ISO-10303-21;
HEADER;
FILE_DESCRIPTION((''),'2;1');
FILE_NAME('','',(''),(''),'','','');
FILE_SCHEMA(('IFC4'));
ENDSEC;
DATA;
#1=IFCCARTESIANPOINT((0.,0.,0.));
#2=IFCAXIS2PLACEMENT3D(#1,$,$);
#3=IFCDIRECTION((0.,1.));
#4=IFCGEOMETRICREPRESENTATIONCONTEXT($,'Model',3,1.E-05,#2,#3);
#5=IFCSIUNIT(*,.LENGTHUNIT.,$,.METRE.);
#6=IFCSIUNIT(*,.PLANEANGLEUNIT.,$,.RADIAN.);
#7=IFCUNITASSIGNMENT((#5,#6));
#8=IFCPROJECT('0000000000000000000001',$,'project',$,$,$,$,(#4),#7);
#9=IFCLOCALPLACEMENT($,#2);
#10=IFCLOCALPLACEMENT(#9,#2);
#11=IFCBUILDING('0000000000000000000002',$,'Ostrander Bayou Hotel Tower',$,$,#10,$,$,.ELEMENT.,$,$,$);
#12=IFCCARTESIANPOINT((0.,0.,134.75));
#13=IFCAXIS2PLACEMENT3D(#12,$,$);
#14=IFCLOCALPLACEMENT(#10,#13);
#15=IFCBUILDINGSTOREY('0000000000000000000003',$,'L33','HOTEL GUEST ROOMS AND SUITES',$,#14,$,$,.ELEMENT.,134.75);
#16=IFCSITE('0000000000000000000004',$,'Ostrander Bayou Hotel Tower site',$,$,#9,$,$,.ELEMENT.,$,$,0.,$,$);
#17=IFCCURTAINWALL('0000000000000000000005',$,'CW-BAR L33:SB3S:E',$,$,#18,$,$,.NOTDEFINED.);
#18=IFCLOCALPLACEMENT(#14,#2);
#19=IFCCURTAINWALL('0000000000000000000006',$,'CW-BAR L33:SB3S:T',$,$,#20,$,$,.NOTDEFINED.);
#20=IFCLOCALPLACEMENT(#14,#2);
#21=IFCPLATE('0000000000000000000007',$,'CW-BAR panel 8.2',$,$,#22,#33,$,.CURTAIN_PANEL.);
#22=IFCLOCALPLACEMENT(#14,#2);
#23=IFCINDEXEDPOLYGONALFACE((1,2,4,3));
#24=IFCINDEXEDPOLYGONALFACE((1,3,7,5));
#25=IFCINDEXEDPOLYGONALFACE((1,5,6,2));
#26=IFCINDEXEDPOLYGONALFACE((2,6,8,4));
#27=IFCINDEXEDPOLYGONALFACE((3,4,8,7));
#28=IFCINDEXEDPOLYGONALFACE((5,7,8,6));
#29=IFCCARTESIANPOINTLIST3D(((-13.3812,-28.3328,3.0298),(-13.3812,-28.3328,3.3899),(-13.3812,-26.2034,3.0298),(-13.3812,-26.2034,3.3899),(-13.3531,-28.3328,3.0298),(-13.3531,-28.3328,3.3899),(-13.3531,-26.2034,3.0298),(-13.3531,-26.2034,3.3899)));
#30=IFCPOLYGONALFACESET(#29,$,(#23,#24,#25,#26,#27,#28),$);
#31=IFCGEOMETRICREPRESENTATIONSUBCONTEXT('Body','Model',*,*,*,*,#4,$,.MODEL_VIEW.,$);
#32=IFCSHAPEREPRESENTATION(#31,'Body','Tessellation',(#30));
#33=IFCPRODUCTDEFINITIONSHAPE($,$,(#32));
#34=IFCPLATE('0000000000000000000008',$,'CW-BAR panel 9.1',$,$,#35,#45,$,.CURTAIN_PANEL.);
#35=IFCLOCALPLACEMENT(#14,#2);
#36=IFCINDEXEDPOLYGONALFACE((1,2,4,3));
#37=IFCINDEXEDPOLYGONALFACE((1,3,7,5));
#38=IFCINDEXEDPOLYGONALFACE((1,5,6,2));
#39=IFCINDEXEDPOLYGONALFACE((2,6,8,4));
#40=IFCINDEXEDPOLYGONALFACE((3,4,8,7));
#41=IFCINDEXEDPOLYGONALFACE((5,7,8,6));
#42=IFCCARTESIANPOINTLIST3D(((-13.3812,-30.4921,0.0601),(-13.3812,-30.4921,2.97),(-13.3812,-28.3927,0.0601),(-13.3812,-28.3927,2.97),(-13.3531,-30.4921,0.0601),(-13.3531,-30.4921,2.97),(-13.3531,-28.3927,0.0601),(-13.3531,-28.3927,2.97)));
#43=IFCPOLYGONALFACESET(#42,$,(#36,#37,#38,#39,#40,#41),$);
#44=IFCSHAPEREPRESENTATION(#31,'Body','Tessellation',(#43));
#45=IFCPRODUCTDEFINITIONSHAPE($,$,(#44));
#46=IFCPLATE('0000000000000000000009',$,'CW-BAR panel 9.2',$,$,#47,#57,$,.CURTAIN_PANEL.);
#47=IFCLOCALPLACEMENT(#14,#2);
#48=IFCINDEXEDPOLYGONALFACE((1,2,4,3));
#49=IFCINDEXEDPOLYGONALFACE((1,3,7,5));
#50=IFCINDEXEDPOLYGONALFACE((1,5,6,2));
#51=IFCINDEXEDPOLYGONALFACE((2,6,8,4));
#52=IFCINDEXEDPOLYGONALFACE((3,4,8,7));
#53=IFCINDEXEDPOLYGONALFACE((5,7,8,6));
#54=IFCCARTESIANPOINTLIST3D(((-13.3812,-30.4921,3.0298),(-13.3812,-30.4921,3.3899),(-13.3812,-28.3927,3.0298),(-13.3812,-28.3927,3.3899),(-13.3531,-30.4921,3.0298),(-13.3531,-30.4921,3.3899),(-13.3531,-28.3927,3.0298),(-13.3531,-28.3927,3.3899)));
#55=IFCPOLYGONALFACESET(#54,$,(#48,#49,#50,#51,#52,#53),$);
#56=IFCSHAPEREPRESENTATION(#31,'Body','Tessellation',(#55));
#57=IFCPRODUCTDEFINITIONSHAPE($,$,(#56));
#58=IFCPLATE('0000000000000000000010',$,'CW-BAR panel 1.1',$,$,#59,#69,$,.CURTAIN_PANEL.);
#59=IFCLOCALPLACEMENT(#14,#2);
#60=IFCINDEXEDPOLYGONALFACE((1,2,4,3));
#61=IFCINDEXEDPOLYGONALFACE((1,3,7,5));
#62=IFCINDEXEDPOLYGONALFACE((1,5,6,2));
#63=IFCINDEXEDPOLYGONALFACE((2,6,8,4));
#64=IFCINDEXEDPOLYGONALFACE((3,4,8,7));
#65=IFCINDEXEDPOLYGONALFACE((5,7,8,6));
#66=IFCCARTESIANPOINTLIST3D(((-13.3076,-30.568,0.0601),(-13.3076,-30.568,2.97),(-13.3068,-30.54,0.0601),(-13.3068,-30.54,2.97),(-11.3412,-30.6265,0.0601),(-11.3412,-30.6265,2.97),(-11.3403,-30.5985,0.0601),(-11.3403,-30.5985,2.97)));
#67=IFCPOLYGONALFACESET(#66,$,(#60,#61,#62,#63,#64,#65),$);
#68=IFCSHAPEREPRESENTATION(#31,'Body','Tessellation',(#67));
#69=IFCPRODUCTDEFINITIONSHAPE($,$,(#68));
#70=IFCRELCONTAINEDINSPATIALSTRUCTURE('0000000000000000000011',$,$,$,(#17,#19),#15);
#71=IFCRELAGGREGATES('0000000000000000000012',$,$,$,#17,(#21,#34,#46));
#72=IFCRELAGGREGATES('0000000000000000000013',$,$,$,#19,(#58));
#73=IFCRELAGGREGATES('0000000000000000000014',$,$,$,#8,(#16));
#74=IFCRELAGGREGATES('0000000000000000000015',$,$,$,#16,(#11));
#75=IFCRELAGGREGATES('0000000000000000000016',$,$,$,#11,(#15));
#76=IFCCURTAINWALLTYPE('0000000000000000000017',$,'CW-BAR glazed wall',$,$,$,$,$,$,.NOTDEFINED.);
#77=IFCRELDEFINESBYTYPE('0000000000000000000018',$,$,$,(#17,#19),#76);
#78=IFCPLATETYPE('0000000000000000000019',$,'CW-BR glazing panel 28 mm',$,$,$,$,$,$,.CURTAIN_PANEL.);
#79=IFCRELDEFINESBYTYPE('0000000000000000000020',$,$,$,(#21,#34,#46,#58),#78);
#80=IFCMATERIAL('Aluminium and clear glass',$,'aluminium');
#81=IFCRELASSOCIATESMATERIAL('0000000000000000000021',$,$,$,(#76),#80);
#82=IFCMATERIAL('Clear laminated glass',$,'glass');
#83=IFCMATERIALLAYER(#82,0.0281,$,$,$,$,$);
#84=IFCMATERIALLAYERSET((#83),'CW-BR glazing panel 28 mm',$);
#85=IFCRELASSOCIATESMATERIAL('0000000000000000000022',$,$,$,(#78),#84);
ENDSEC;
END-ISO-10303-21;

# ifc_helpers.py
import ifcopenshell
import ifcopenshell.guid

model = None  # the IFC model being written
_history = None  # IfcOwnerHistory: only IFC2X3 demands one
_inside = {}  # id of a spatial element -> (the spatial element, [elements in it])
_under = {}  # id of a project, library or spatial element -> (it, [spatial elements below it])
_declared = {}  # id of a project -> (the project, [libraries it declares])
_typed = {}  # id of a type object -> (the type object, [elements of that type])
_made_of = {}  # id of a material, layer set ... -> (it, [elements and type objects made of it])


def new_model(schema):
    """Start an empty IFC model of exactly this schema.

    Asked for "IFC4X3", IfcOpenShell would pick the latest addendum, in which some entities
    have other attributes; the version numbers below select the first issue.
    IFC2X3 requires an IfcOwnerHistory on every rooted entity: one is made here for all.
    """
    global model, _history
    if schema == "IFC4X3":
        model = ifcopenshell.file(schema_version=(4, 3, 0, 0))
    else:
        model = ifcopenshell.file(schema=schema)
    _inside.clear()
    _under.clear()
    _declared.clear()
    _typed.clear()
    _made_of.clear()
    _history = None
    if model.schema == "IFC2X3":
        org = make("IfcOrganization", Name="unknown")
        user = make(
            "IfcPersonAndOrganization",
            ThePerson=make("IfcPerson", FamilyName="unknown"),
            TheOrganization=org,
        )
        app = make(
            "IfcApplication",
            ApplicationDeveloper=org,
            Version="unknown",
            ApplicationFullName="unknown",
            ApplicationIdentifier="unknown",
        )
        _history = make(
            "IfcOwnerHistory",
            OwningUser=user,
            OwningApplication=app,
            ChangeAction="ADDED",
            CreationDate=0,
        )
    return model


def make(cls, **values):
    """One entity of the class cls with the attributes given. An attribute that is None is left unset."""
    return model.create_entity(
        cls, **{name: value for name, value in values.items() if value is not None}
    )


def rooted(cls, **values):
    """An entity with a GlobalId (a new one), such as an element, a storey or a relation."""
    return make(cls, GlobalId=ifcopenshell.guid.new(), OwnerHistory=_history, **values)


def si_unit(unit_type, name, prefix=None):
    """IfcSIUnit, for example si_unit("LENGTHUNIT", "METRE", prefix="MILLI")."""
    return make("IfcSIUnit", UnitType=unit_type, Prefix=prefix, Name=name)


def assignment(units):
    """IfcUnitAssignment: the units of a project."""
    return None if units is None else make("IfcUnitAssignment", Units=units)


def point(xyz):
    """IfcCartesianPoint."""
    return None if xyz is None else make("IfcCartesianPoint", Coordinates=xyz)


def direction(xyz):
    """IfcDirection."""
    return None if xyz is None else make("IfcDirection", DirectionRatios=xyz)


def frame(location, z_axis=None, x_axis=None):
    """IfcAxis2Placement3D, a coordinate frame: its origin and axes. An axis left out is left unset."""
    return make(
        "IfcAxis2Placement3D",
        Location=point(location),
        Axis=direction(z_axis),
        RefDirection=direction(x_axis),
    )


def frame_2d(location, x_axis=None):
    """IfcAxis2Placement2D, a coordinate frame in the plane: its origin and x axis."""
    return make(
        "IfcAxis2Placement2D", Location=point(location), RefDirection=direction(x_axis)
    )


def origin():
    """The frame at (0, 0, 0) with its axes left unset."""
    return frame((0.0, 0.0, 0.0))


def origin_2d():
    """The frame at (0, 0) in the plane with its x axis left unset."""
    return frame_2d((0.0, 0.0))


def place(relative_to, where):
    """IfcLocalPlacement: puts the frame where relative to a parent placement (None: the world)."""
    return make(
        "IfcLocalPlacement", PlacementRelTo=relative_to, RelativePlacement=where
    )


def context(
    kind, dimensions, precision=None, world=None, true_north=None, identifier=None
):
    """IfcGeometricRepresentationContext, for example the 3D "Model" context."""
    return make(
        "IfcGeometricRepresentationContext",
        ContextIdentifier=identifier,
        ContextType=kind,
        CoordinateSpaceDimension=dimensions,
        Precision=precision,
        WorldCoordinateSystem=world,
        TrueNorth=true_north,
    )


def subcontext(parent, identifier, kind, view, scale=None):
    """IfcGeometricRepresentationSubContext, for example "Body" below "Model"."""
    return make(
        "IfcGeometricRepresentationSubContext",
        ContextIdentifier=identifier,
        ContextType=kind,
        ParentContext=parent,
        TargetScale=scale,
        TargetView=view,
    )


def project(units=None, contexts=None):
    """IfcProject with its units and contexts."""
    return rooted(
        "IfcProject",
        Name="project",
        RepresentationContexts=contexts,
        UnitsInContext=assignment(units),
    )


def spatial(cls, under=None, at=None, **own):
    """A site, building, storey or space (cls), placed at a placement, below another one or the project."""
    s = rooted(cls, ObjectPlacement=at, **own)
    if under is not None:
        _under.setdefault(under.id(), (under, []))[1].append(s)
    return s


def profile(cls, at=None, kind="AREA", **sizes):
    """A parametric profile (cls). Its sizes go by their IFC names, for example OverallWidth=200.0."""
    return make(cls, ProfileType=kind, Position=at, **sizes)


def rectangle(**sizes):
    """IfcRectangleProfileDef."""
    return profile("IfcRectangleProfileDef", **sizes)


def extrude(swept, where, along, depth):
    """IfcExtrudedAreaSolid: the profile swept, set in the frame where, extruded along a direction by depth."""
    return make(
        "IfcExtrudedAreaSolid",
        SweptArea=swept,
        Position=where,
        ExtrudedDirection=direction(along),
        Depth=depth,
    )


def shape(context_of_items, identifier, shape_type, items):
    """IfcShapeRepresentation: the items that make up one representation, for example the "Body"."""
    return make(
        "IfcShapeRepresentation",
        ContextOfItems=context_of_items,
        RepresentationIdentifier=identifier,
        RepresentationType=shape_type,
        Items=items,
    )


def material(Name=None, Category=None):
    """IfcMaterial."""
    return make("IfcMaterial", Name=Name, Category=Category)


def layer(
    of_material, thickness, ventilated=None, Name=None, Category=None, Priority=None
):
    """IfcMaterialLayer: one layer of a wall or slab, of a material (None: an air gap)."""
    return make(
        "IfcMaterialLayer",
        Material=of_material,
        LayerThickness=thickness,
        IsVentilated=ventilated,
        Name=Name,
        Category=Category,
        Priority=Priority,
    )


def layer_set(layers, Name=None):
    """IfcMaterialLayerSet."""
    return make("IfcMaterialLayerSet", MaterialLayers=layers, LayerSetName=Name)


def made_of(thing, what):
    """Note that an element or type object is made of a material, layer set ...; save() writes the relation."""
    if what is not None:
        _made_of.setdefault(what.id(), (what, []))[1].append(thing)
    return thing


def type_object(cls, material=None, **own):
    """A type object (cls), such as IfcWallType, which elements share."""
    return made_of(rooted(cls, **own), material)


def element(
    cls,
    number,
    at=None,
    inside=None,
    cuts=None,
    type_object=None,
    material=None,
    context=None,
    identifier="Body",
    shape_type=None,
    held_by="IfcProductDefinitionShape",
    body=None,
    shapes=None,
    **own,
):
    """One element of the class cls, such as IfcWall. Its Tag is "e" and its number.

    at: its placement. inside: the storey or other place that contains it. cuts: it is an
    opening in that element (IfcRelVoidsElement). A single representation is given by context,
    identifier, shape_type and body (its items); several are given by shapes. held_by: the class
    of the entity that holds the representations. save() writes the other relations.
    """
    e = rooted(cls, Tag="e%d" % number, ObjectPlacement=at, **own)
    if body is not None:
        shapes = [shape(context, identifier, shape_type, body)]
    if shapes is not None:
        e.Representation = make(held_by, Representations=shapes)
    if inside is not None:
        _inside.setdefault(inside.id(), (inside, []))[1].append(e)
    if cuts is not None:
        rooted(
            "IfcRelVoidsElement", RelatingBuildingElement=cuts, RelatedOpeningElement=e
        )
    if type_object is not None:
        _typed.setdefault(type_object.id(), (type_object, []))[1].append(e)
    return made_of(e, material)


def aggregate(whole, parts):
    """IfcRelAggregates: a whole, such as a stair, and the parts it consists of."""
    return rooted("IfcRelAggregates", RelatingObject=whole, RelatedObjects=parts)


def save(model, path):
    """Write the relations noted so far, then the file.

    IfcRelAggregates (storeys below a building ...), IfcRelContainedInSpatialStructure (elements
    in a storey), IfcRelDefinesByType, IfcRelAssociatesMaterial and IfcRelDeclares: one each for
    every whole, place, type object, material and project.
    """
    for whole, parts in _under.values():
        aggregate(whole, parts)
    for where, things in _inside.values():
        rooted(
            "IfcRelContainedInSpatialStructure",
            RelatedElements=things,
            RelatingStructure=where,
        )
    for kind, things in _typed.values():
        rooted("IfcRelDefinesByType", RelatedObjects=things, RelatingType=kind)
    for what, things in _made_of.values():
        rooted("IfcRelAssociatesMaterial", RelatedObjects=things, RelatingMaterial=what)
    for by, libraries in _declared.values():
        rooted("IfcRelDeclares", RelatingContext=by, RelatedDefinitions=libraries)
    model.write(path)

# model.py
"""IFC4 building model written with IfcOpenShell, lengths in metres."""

from ifc_helpers import new_model, si_unit, direction, frame, origin, origin_2d, place, context, subcontext, project, spatial, rectangle, extrude, material, layer, layer_set, type_object, element, aggregate, save


model = new_model("IFC4")

# Units and contexts
model_context = context("Model", 3, precision=1e-05, world=origin(), true_north=direction((0.0, 1.0)))
body_context = subcontext(model_context, "Body", "Model", "MODEL_VIEW")
ifc_project = project(units=[si_unit("LENGTHUNIT", "METRE"), si_unit("PLANEANGLEUNIT", "RADIAN")], contexts=[model_context])

# Site, building, storey
site_placement = place(None, origin())
site = spatial("IfcSite", under=ifc_project, at=site_placement, Name="Ostrander Bayou Hotel Tower site", CompositionType="ELEMENT", RefElevation=0.0)
building_placement = place(site_placement, origin())
building = spatial("IfcBuilding", under=site, at=building_placement, Name="Ostrander Bayou Hotel Tower", CompositionType="ELEMENT")
storey_placement = place(building_placement, frame((0.0, 0.0, 134.75)))
storey = spatial("IfcBuildingStorey", under=building, at=storey_placement, Name="L33", Description="HOTEL GUEST ROOMS AND SUITES", CompositionType="ELEMENT", Elevation=134.75)

# Curtain wall
ifc_material_1 = material(Name="Aluminium and clear glass", Category="aluminium")
curtain_wall_type = type_object("IfcCurtainWallType", Name="CW-BAR glazed wall", PredefinedType="NOTDEFINED", material=ifc_material_1)
curtain_wall_1_placement = place(storey_placement, origin())
curtain_wall_1 = element("IfcCurtainWall", 1, at=curtain_wall_1_placement, inside=storey, type_object=curtain_wall_type, Name="CW-BAR L33:SB3S:E", PredefinedType="NOTDEFINED")

# Curtain wall
curtain_wall_2_placement = place(storey_placement, origin())
curtain_wall_2 = element("IfcCurtainWall", 2, at=curtain_wall_2_placement, inside=storey, type_object=curtain_wall_type, Name="CW-BAR L33:SB3S:T", PredefinedType="NOTDEFINED")

# Plates
ifc_material_2 = material(Name="Clear laminated glass", Category="glass")
ifc_layer = layer(ifc_material_2, 0.0281)
ifc_layer_set = layer_set([ifc_layer], Name="CW-BR glazing panel 28 mm")
plate_type = type_object("IfcPlateType", Name="CW-BR glazing panel 28 mm", PredefinedType="CURTAIN_PANEL", material=ifc_layer_set)
plate_1_placement = place(storey_placement, frame((-13.3672, -27.2681, 3.0298), z_axis=(0.0, 0.0, 1.0), x_axis=(0.0, -1.0, 0.0)))
plate_1 = element("IfcPlate", 3, at=plate_1_placement, type_object=plate_type, Name="CW-BAR panel 8.2", PredefinedType="CURTAIN_PANEL", context=body_context, shape_type="SweptSolid", body=[
    extrude(rectangle(XDim=2.1294, YDim=0.0281, at=origin_2d()), origin(), (0.0, 0.0, 1.0), 0.3601),
])
plate_2_placement = place(storey_placement, frame((-13.3672, -29.4424, 0.0601), z_axis=(0.0, 0.0, 1.0), x_axis=(0.0, -1.0, 0.0)))
plate_2 = element("IfcPlate", 4, at=plate_2_placement, type_object=plate_type, Name="CW-BAR panel 9.1", PredefinedType="CURTAIN_PANEL", context=body_context, shape_type="SweptSolid", body=[
    extrude(rectangle(XDim=2.0994, YDim=0.0281, at=origin_2d()), origin(), (0.0, 0.0, 1.0), 2.9099),
])
plate_3_placement = place(storey_placement, frame((-13.3672, -29.4424, 3.0298), z_axis=(0.0, 0.0, 1.0), x_axis=(0.0, -1.0, 0.0)))
plate_3 = element("IfcPlate", 5, at=plate_3_placement, type_object=plate_type, Name="CW-BAR panel 9.2", PredefinedType="CURTAIN_PANEL", context=body_context, shape_type="SweptSolid", body=[
    extrude(rectangle(XDim=2.0994, YDim=0.0281, at=origin_2d()), origin(), (0.0, 0.0, 1.0), 0.3601),
])
aggregate(curtain_wall_1, [plate_1, plate_2, plate_3])
plate_4_placement = place(storey_placement, frame((-12.324, -30.5833, 0.0601), z_axis=(0.0, 0.0, 1.0), x_axis=(0.999557, -0.029746, 0.0)))
plate_4 = element("IfcPlate", 6, at=plate_4_placement, type_object=plate_type, Name="CW-BAR panel 1.1", PredefinedType="CURTAIN_PANEL", context=body_context, shape_type="SweptSolid", body=[
    extrude(rectangle(XDim=1.9673, YDim=0.0281, at=origin_2d()), origin(), (0.0, 0.0, 1.0), 2.9099),
])
aggregate(curtain_wall_2, [plate_4])

save(model, "model.ifc")
